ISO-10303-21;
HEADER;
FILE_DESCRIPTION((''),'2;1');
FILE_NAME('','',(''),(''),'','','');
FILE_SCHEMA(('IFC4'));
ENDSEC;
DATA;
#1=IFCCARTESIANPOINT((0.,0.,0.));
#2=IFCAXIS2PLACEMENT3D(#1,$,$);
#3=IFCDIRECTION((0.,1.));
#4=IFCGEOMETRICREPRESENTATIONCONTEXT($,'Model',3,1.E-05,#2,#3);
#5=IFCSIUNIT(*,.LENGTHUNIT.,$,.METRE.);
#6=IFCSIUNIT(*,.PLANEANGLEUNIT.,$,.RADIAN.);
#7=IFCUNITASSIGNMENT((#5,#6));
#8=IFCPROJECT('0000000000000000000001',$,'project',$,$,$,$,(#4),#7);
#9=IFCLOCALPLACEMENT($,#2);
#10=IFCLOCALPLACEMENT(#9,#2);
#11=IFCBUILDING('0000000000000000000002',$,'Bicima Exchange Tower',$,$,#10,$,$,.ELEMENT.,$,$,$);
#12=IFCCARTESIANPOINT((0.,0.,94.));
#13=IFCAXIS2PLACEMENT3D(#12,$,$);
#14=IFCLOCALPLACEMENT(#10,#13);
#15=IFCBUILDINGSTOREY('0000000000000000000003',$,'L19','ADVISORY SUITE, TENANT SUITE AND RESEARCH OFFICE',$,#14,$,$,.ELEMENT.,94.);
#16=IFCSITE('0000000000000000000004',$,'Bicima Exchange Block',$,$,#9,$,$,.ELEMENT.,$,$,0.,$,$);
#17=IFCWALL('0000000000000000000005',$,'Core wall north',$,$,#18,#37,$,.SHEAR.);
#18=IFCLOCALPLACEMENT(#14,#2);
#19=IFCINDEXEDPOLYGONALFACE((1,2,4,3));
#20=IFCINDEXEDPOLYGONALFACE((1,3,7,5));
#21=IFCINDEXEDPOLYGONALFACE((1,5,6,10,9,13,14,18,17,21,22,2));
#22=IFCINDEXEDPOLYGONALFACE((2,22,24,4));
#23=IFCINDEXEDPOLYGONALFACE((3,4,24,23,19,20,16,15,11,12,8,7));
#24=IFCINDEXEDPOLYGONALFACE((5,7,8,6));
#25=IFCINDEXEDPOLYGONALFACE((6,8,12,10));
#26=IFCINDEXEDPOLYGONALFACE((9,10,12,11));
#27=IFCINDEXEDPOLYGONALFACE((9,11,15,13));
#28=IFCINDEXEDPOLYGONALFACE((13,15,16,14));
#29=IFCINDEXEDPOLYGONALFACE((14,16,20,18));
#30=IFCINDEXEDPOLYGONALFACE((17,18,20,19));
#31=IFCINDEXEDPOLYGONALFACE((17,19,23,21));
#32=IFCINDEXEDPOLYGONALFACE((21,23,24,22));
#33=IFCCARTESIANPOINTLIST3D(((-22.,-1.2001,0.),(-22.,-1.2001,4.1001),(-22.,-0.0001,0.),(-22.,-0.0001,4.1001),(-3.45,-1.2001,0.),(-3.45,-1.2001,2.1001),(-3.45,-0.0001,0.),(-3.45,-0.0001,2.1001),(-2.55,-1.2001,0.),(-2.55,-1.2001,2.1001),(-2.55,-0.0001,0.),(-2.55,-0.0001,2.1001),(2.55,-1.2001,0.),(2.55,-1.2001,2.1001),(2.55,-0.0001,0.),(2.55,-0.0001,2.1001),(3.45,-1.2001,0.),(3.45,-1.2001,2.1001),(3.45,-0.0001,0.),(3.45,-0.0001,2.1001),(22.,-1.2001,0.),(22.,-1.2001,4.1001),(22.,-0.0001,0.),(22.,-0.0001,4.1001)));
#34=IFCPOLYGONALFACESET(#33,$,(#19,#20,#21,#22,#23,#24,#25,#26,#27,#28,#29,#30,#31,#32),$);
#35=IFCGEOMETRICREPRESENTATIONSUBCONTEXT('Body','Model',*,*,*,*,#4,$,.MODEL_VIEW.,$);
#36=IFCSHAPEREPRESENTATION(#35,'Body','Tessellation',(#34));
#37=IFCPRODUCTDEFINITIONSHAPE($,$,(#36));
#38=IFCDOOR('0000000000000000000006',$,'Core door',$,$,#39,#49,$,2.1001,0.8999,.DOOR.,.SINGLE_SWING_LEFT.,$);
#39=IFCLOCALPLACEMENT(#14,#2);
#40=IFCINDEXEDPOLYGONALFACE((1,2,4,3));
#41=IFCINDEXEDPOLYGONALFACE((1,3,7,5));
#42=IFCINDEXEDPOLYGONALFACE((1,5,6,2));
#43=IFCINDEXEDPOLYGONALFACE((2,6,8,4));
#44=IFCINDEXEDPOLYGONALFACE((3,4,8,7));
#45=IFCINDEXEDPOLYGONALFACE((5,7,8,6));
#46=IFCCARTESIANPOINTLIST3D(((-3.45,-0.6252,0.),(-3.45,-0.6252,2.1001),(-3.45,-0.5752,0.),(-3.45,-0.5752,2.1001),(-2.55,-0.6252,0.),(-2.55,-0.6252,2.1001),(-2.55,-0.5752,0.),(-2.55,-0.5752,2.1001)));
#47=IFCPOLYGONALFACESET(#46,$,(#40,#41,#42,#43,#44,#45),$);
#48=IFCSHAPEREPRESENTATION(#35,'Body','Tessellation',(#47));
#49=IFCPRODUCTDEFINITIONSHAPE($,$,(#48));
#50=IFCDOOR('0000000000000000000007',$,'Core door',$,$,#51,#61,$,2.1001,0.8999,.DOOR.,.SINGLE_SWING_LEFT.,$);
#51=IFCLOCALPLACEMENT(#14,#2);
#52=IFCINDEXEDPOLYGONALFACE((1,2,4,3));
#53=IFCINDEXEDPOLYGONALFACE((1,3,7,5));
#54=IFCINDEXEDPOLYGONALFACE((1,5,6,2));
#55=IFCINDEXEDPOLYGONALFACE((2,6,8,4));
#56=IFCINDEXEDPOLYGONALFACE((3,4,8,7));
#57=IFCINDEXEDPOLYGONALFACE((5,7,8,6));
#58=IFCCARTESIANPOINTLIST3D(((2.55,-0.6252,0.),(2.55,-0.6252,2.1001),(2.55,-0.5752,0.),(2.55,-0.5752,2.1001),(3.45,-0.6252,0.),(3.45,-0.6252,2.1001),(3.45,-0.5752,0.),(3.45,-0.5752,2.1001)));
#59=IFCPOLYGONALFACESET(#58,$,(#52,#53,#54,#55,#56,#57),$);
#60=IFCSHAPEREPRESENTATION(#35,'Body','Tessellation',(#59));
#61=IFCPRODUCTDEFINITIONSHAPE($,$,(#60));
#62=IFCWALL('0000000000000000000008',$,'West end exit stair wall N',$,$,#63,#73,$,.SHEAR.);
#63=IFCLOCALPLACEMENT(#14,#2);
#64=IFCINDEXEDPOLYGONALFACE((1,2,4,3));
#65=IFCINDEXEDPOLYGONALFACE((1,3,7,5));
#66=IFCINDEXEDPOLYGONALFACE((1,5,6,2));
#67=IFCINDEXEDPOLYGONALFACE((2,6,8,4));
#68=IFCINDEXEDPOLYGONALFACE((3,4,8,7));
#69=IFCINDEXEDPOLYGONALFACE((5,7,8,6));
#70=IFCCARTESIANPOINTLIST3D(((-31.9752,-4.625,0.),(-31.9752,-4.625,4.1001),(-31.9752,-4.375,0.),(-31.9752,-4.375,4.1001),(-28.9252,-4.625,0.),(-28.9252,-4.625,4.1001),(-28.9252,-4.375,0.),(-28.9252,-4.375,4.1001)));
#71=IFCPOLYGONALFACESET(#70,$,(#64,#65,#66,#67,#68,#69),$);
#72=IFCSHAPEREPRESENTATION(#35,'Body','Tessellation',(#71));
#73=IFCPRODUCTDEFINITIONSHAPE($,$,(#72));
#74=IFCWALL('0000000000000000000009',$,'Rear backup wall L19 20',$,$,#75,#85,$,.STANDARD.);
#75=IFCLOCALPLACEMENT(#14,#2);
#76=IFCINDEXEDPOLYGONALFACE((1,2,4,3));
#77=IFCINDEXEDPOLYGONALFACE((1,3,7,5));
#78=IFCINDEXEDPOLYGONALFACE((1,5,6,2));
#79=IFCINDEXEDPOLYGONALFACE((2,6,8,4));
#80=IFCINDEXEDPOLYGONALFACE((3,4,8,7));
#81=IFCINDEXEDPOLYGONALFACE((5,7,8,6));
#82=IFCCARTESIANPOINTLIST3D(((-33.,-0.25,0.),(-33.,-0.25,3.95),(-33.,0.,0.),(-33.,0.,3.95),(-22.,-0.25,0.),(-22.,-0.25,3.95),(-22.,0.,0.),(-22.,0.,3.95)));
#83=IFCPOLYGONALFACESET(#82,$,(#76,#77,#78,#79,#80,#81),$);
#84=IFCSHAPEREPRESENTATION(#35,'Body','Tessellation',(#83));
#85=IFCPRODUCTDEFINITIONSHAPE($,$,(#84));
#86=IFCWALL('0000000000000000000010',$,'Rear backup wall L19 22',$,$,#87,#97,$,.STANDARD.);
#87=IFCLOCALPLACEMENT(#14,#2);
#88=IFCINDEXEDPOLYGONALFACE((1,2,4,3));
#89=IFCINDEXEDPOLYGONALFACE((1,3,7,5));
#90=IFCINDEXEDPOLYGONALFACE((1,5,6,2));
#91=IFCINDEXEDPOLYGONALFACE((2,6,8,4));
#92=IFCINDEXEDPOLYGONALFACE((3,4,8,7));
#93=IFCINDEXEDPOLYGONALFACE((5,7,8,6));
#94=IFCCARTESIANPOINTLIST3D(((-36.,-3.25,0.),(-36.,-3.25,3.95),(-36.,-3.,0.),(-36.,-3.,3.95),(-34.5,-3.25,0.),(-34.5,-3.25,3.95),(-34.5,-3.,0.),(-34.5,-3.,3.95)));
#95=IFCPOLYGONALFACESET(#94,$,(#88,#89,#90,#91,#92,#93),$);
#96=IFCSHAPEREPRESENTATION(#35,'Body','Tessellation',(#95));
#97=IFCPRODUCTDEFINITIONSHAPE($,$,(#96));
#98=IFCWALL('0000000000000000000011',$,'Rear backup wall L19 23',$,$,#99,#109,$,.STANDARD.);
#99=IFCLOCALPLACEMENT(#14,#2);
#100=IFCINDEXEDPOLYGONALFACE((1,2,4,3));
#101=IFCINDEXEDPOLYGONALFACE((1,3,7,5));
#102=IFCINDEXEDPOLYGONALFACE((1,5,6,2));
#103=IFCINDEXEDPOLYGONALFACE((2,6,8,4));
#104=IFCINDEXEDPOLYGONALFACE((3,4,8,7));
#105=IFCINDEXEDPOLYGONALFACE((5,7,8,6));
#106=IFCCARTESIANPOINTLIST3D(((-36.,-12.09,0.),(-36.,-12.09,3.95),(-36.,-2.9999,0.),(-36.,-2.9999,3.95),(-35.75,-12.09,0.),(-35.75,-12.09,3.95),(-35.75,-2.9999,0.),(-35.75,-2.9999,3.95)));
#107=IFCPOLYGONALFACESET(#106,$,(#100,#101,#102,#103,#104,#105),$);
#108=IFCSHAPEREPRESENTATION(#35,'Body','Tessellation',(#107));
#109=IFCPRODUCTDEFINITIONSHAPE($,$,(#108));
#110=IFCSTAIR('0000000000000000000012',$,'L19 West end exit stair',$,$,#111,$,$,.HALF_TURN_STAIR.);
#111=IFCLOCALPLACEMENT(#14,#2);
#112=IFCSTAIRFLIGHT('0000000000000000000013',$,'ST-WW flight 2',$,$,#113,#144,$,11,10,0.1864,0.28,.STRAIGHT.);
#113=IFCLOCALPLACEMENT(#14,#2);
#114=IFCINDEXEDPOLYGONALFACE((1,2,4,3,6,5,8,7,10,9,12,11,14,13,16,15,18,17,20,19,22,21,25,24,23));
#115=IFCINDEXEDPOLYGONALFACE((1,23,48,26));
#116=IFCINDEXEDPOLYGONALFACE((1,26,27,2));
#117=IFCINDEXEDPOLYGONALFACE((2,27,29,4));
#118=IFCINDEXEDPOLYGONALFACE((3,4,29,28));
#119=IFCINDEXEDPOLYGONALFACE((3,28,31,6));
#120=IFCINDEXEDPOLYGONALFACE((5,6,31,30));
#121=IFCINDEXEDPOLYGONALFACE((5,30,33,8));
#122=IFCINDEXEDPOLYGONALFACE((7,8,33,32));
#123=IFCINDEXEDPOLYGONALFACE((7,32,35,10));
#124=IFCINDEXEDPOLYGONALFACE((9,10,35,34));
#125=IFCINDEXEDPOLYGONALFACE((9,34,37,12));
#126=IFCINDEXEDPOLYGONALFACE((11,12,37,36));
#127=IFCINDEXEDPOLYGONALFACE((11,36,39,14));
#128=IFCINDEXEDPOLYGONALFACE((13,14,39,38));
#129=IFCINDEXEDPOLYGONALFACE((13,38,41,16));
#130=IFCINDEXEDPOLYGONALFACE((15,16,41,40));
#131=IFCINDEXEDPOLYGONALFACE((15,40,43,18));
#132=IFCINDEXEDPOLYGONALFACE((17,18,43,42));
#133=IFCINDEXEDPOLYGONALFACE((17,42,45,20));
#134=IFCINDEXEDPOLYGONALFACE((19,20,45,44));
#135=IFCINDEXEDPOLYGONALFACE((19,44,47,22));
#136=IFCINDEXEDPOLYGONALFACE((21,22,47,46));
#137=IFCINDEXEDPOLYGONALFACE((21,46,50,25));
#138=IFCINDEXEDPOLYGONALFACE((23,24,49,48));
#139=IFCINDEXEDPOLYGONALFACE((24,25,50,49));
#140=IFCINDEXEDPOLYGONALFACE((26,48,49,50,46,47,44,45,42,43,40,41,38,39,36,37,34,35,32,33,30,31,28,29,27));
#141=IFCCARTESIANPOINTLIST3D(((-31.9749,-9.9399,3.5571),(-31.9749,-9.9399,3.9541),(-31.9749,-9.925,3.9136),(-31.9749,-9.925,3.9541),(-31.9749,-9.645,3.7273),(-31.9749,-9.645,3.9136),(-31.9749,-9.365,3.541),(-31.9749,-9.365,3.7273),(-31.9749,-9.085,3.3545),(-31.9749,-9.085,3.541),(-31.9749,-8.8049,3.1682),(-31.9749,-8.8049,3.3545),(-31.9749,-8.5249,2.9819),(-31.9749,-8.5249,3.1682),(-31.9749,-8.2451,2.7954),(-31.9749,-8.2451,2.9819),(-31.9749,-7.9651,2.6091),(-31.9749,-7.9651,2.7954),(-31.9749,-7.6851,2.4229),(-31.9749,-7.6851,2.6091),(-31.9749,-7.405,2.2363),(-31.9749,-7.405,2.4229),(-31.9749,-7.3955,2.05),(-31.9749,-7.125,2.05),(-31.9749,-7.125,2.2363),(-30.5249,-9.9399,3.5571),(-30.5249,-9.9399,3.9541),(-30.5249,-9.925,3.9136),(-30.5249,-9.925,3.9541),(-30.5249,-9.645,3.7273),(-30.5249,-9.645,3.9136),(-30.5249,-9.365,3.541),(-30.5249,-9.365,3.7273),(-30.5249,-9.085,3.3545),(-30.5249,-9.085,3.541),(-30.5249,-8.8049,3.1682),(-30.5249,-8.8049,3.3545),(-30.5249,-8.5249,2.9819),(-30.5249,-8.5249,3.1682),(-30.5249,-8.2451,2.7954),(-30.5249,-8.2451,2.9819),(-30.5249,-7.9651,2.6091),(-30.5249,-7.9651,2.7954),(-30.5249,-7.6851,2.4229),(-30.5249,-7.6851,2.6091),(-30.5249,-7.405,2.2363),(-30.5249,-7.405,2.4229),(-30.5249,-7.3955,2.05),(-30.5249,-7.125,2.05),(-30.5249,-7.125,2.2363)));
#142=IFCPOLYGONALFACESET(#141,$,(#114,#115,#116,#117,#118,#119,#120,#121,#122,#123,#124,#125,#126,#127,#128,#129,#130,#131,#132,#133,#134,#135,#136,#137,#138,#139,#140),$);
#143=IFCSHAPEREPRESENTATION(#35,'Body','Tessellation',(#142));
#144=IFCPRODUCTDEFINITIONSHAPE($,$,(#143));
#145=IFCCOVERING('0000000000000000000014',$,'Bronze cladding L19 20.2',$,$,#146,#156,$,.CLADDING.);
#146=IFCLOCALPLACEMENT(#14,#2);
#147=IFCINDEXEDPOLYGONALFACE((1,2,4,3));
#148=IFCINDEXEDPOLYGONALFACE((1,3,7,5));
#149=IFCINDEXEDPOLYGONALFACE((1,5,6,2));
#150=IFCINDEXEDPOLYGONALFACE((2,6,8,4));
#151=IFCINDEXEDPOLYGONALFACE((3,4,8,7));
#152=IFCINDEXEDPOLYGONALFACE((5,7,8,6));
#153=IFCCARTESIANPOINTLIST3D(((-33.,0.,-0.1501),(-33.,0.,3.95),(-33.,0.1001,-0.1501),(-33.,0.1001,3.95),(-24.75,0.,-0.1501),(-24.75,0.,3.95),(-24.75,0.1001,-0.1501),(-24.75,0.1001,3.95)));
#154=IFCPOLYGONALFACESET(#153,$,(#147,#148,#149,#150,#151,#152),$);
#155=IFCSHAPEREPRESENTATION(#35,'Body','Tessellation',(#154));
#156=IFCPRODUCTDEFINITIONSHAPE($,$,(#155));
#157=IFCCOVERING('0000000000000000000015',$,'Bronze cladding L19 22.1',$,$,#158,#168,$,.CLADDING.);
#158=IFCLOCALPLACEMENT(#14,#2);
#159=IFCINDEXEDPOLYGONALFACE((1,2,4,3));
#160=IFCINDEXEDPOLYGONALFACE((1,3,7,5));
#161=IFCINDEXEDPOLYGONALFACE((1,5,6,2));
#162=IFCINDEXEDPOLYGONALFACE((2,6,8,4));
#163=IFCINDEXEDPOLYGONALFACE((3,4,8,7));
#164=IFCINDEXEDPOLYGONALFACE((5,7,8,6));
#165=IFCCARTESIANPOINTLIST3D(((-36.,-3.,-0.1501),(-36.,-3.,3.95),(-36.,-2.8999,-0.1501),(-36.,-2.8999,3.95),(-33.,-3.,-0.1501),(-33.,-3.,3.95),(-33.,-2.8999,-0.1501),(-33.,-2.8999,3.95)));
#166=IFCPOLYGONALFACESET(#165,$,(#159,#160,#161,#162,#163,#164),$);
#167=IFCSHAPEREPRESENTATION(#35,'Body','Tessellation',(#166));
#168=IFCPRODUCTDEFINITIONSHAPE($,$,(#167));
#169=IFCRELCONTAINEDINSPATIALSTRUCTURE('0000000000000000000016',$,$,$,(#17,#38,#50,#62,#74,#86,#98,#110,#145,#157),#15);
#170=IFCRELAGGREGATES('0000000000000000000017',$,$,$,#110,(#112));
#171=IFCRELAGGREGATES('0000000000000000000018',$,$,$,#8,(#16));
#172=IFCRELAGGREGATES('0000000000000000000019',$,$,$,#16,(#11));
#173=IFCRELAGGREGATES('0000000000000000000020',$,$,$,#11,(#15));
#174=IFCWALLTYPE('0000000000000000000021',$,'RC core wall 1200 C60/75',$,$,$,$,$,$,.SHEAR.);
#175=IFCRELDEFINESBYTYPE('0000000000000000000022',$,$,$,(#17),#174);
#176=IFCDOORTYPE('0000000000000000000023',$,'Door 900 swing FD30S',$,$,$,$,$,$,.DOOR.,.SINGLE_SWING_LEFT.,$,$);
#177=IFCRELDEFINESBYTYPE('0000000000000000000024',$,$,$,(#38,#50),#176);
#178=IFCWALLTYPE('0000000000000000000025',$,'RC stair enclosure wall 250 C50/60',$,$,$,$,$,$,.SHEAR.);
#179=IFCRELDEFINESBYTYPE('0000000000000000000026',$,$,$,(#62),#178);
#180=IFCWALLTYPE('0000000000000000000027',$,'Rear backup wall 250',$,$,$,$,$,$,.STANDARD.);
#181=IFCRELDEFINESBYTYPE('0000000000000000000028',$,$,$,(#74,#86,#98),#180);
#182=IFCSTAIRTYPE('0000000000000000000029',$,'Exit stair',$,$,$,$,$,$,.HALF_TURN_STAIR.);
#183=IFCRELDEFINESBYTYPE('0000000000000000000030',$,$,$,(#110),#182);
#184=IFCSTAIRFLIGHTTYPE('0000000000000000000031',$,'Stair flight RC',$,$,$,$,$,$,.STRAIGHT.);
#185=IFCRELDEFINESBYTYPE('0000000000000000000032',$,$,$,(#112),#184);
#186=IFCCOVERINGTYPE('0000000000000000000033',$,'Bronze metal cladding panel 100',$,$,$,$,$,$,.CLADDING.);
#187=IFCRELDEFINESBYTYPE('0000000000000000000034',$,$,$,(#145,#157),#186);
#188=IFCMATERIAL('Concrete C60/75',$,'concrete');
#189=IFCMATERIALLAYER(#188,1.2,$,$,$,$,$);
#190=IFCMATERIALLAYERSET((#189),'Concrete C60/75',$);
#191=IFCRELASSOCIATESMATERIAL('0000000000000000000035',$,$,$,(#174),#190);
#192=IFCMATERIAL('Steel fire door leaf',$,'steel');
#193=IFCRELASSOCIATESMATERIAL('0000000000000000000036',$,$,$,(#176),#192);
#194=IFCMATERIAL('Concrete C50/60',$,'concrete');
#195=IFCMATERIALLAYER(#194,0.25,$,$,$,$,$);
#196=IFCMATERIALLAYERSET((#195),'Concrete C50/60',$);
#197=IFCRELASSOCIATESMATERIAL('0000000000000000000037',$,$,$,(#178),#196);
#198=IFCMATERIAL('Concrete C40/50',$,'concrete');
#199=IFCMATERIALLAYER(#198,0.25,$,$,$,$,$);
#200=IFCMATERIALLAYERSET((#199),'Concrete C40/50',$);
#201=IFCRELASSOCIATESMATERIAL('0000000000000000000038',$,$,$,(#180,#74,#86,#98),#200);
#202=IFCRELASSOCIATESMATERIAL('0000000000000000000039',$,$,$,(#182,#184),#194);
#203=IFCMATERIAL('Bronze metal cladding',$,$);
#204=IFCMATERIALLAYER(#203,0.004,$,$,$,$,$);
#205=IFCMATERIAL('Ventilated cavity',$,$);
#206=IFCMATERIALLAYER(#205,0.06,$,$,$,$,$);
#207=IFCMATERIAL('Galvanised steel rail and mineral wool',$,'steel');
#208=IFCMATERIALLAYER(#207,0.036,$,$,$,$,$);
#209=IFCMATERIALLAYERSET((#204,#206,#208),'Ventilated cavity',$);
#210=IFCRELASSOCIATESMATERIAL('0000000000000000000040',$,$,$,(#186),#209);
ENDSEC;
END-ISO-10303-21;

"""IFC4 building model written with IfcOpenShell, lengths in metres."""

from ifc_helpers import new_model, si_unit, direction, frame, frame_2d, origin, origin_2d, place, context, subcontext, project, spatial, polyline, rectangle, outline, extrude, material, layer, layer_set, layer_usage, type_object, element, fill, aggregate, save


model = new_model("IFC4")

# Units and contexts
model_context = context("Model", 3, precision=1e-05, world=origin(), true_north=direction((0.0, 1.0)))
body_context = subcontext(model_context, "Body", "Model", "MODEL_VIEW")
ifc_project = project(units=[si_unit("LENGTHUNIT", "METRE"), si_unit("PLANEANGLEUNIT", "RADIAN")], contexts=[model_context])

# Site, building, storey
site_placement = place(None, origin())
site = spatial("IfcSite", under=ifc_project, at=site_placement, Name="Bicima Exchange Block", CompositionType="ELEMENT", RefElevation=0.0)
building_placement = place(site_placement, origin())
building = spatial("IfcBuilding", under=site, at=building_placement, Name="Bicima Exchange Tower", CompositionType="ELEMENT")
storey_placement = place(building_placement, frame((0.0, 0.0, 94.0)))
storey = spatial("IfcBuildingStorey", under=building, at=storey_placement, Name="L19", Description="ADVISORY SUITE, TENANT SUITE AND RESEARCH OFFICE", CompositionType="ELEMENT", Elevation=94.0)

# Wall, openings, doors
ifc_material_1 = material(Name="Concrete C60/75", Category="concrete")
ifc_layer_1 = layer(ifc_material_1, 1.2)
ifc_layer_set_1 = layer_set([ifc_layer_1], Name="Concrete C60/75")
wall_type_1 = type_object("IfcWallType", Name="RC core wall 1200 C60/75", PredefinedType="SHEAR", material=ifc_layer_set_1)
wall_1_placement = place(storey_placement, frame((-22.0, -0.6001, 0.0), z_axis=(0.0, 0.0, 1.0), x_axis=(1.0, 0.0, 0.0)))
wall_1 = element("IfcWall", 1, at=wall_1_placement, inside=storey, type_object=wall_type_1, Name="Core wall north", PredefinedType="SHEAR", context=body_context, shape_type="SweptSolid", body=[
    extrude(rectangle(XDim=44.0, YDim=1.2, at=frame_2d((22.0, 0.0))), origin(), (0.0, 0.0, 1.0), 4.1001),
])
opening_1_placement = place(wall_1_placement, frame((18.55, 0.0, 0.0)))
opening_1 = element("IfcOpeningElement", 2, at=opening_1_placement, cuts=wall_1, PredefinedType="OPENING", context=body_context, shape_type="SweptSolid", body=[
    extrude(rectangle(XDim=0.8999, YDim=2.1001, at=frame_2d((0.45, 1.05))), frame((0.0, 0.6118, 0.0), z_axis=(0.0, -1.0, 0.0), x_axis=(1.0, 0.0, 0.0)), (0.0, 0.0, 1.0), 1.2239),
])
opening_2_placement = place(wall_1_placement, frame((24.55, 0.0, 0.0)))
opening_2 = element("IfcOpeningElement", 3, at=opening_2_placement, cuts=wall_1, PredefinedType="OPENING", context=body_context, shape_type="SweptSolid", body=[
    extrude(rectangle(XDim=0.8999, YDim=2.1001, at=frame_2d((0.45, 1.05))), frame((0.0, 0.6118, 0.0), z_axis=(0.0, -1.0, 0.0), x_axis=(1.0, 0.0, 0.0)), (0.0, 0.0, 1.0), 1.2239),
])
ifc_material_2 = material(Name="Steel fire door leaf", Category="steel")
door_type = type_object("IfcDoorType", Name="Door 900 swing FD30S", OperationType="SINGLE_SWING_LEFT", PredefinedType="DOOR", material=ifc_material_2)
door_1_placement = place(opening_1_placement, origin())
door_1 = element("IfcDoor", 4, at=door_1_placement, inside=storey, type_object=door_type, Name="Core door", OperationType="SINGLE_SWING_LEFT", OverallHeight=2.1001, OverallWidth=0.8999, PredefinedType="DOOR", context=body_context, shape_type="SweptSolid", body=[
    extrude(rectangle(XDim=0.8999, YDim=2.1001, at=frame_2d((0.45, 1.05))), frame((0.0, 0.0249, 0.0), z_axis=(0.0, -1.0, 0.0), x_axis=(1.0, 0.0, 0.0)), (0.0, 0.0, 1.0), 0.05),
])
fill(opening_1, door_1)
door_2_placement = place(opening_2_placement, origin())
door_2 = element("IfcDoor", 5, at=door_2_placement, inside=storey, type_object=door_type, Name="Core door", OperationType="SINGLE_SWING_LEFT", OverallHeight=2.1001, OverallWidth=0.8999, PredefinedType="DOOR", context=body_context, shape_type="SweptSolid", body=[
    extrude(rectangle(XDim=0.8999, YDim=2.1001, at=frame_2d((0.45, 1.05))), frame((0.0, 0.0249, 0.0), z_axis=(0.0, -1.0, 0.0), x_axis=(1.0, 0.0, 0.0)), (0.0, 0.0, 1.0), 0.05),
])
fill(opening_2, door_2)

# Walls
ifc_material_3 = material(Name="Concrete C50/60", Category="concrete")
ifc_layer_2 = layer(ifc_material_3, 0.25)
ifc_layer_set_2 = layer_set([ifc_layer_2], Name="Concrete C50/60")
wall_type_2 = type_object("IfcWallType", Name="RC stair enclosure wall 250 C50/60", PredefinedType="SHEAR", material=ifc_layer_set_2)
wall_2_placement = place(storey_placement, frame((-31.9751, -4.5, 0.0), z_axis=(0.0, 0.0, 1.0), x_axis=(1.0, 0.0, 0.0)))
element("IfcWall", 6, at=wall_2_placement, inside=storey, type_object=wall_type_2, Name="West end exit stair wall N", PredefinedType="SHEAR", context=body_context, shape_type="SweptSolid", body=[
    extrude(rectangle(XDim=3.05, YDim=0.25, at=frame_2d((1.5249, 0.0))), origin(), (0.0, 0.0, 1.0), 4.1001),
])
ifc_material_4 = material(Name="Concrete C40/50", Category="concrete")
ifc_layer_3 = layer(ifc_material_4, 0.25)
ifc_layer_set_3 = layer_set([ifc_layer_3], Name="Concrete C40/50")
ifc_layer_usage = layer_usage(ifc_layer_set_3, "AXIS2", "POSITIVE", -0.125)
wall_type_3 = type_object("IfcWallType", Name="Rear backup wall 250", PredefinedType="STANDARD", material=ifc_layer_set_3)
wall_3_placement = place(storey_placement, frame((-22.0, -0.125, 0.0), z_axis=(0.0, 0.0, 1.0), x_axis=(-1.0, 0.0, 0.0)))
element("IfcWall", 7, at=wall_3_placement, inside=storey, type_object=wall_type_3, material=ifc_layer_usage, Name="Rear backup wall L19 20", PredefinedType="STANDARD", context=body_context, shape_type="SweptSolid", body=[
    extrude(rectangle(XDim=11.0, YDim=0.25, at=frame_2d((5.5, 0.0))), origin(), (0.0, 0.0, 1.0), 3.95),
])
wall_4_placement = place(storey_placement, frame((-34.5, -3.125, 0.0), z_axis=(0.0, 0.0, 1.0), x_axis=(-1.0, 0.0, 0.0)))
element("IfcWall", 8, at=wall_4_placement, inside=storey, type_object=wall_type_3, material=ifc_layer_usage, Name="Rear backup wall L19 22", PredefinedType="STANDARD", context=body_context, shape_type="SweptSolid", body=[
    extrude(rectangle(XDim=1.5, YDim=0.25, at=frame_2d((0.75, 0.0))), origin(), (0.0, 0.0, 1.0), 3.95),
])
wall_5_placement = place(storey_placement, frame((-35.875, -3.0, 0.0), z_axis=(0.0, 0.0, 1.0), x_axis=(0.0, -1.0, 0.0)))
element("IfcWall", 9, at=wall_5_placement, inside=storey, type_object=wall_type_3, material=ifc_layer_usage, Name="Rear backup wall L19 23", PredefinedType="STANDARD", context=body_context, shape_type="SweptSolid", body=[
    extrude(rectangle(XDim=9.0901, YDim=0.25, at=frame_2d((4.5449, 0.0))), origin(), (0.0, 0.0, 1.0), 3.95),
])

# Stair, stair flight
stair_type = type_object("IfcStairType", Name="Exit stair", PredefinedType="HALF_TURN_STAIR", material=ifc_material_3)
stair_placement = place(storey_placement, origin())
stair = element("IfcStair", 10, at=stair_placement, inside=storey, type_object=stair_type, Name="L19 West end exit stair", PredefinedType="HALF_TURN_STAIR")
stair_flight_type = type_object("IfcStairFlightType", Name="Stair flight RC", PredefinedType="STRAIGHT", material=ifc_material_3)
stair_flight_placement = place(storey_placement, frame((-31.25, -7.125, 2.05), z_axis=(0.0, 0.0, 1.0), x_axis=(0.0, -1.0, 0.0)))
stair_flight = element("IfcStairFlight", 11, at=stair_flight_placement, type_object=stair_flight_type, Name="ST-WW flight 2", NumberOfRisers=11, NumberOfTreads=10, PredefinedType="STRAIGHT", RiserHeight=0.1864, TreadLength=0.28, context=body_context, shape_type="SweptSolid", body=[
    extrude(outline(polyline([(0.0, 0.0), (0.0, 0.1863), (0.28, 0.1863), (0.28, 0.3728), (0.5601, 0.3728), (0.5601, 0.5591), (0.8401, 0.5591), (0.8401, 0.7454), (1.1201, 0.7454), (1.1201, 0.9319), (1.3999, 0.9319), (1.3999, 1.1182), (1.6799, 1.1182), (1.6799, 1.3044), (1.96, 1.3044), (1.96, 1.491), (2.24, 1.491), (2.24, 1.6772), (2.52, 1.6772), (2.52, 1.8635), (2.8, 1.8635), (2.8, 1.9041), (2.8149, 1.9041), (2.8149, 1.5071), (0.2705, 0.0), (0.0, 0.0)])), frame((0.0, 0.7251, 0.0), z_axis=(0.0, -1.0, 0.0), x_axis=(1.0, 0.0, 0.0)), (0.0, 0.0, 1.0), 1.45),
])
aggregate(stair, [stair_flight])

# Coverings
ifc_material_5 = material(Name="Bronze metal cladding")
ifc_layer_4 = layer(ifc_material_5, 0.004)
ifc_material_6 = material(Name="Ventilated cavity")
ifc_layer_5 = layer(ifc_material_6, 0.06)
ifc_material_7 = material(Name="Galvanised steel rail and mineral wool", Category="steel")
ifc_layer_6 = layer(ifc_material_7, 0.036)
ifc_layer_set_4 = layer_set([ifc_layer_4, ifc_layer_5, ifc_layer_6], Name="Ventilated cavity")
covering_type = type_object("IfcCoveringType", Name="Bronze metal cladding panel 100", PredefinedType="CLADDING", material=ifc_layer_set_4)
covering_1_placement = place(storey_placement, frame((-28.875, 0.05, -0.1501), z_axis=(0.0, 0.0, 1.0), x_axis=(-1.0, 0.0, 0.0)))
element("IfcCovering", 12, at=covering_1_placement, inside=storey, type_object=covering_type, Name="Bronze cladding L19 20.2", PredefinedType="CLADDING", context=body_context, shape_type="SweptSolid", body=[
    extrude(rectangle(XDim=8.25, YDim=0.1001, at=origin_2d()), origin(), (0.0, 0.0, 1.0), 4.1001),
])
covering_2_placement = place(storey_placement, frame((-34.5, -2.95, -0.1501), z_axis=(0.0, 0.0, 1.0), x_axis=(-1.0, 0.0, 0.0)))
element("IfcCovering", 13, at=covering_2_placement, inside=storey, type_object=covering_type, Name="Bronze cladding L19 22.1", PredefinedType="CLADDING", context=body_context, shape_type="SweptSolid", body=[
    extrude(rectangle(XDim=3.0, YDim=0.1001, at=origin_2d()), origin(), (0.0, 0.0, 1.0), 4.1001),
])

save(model, "model.ifc")
